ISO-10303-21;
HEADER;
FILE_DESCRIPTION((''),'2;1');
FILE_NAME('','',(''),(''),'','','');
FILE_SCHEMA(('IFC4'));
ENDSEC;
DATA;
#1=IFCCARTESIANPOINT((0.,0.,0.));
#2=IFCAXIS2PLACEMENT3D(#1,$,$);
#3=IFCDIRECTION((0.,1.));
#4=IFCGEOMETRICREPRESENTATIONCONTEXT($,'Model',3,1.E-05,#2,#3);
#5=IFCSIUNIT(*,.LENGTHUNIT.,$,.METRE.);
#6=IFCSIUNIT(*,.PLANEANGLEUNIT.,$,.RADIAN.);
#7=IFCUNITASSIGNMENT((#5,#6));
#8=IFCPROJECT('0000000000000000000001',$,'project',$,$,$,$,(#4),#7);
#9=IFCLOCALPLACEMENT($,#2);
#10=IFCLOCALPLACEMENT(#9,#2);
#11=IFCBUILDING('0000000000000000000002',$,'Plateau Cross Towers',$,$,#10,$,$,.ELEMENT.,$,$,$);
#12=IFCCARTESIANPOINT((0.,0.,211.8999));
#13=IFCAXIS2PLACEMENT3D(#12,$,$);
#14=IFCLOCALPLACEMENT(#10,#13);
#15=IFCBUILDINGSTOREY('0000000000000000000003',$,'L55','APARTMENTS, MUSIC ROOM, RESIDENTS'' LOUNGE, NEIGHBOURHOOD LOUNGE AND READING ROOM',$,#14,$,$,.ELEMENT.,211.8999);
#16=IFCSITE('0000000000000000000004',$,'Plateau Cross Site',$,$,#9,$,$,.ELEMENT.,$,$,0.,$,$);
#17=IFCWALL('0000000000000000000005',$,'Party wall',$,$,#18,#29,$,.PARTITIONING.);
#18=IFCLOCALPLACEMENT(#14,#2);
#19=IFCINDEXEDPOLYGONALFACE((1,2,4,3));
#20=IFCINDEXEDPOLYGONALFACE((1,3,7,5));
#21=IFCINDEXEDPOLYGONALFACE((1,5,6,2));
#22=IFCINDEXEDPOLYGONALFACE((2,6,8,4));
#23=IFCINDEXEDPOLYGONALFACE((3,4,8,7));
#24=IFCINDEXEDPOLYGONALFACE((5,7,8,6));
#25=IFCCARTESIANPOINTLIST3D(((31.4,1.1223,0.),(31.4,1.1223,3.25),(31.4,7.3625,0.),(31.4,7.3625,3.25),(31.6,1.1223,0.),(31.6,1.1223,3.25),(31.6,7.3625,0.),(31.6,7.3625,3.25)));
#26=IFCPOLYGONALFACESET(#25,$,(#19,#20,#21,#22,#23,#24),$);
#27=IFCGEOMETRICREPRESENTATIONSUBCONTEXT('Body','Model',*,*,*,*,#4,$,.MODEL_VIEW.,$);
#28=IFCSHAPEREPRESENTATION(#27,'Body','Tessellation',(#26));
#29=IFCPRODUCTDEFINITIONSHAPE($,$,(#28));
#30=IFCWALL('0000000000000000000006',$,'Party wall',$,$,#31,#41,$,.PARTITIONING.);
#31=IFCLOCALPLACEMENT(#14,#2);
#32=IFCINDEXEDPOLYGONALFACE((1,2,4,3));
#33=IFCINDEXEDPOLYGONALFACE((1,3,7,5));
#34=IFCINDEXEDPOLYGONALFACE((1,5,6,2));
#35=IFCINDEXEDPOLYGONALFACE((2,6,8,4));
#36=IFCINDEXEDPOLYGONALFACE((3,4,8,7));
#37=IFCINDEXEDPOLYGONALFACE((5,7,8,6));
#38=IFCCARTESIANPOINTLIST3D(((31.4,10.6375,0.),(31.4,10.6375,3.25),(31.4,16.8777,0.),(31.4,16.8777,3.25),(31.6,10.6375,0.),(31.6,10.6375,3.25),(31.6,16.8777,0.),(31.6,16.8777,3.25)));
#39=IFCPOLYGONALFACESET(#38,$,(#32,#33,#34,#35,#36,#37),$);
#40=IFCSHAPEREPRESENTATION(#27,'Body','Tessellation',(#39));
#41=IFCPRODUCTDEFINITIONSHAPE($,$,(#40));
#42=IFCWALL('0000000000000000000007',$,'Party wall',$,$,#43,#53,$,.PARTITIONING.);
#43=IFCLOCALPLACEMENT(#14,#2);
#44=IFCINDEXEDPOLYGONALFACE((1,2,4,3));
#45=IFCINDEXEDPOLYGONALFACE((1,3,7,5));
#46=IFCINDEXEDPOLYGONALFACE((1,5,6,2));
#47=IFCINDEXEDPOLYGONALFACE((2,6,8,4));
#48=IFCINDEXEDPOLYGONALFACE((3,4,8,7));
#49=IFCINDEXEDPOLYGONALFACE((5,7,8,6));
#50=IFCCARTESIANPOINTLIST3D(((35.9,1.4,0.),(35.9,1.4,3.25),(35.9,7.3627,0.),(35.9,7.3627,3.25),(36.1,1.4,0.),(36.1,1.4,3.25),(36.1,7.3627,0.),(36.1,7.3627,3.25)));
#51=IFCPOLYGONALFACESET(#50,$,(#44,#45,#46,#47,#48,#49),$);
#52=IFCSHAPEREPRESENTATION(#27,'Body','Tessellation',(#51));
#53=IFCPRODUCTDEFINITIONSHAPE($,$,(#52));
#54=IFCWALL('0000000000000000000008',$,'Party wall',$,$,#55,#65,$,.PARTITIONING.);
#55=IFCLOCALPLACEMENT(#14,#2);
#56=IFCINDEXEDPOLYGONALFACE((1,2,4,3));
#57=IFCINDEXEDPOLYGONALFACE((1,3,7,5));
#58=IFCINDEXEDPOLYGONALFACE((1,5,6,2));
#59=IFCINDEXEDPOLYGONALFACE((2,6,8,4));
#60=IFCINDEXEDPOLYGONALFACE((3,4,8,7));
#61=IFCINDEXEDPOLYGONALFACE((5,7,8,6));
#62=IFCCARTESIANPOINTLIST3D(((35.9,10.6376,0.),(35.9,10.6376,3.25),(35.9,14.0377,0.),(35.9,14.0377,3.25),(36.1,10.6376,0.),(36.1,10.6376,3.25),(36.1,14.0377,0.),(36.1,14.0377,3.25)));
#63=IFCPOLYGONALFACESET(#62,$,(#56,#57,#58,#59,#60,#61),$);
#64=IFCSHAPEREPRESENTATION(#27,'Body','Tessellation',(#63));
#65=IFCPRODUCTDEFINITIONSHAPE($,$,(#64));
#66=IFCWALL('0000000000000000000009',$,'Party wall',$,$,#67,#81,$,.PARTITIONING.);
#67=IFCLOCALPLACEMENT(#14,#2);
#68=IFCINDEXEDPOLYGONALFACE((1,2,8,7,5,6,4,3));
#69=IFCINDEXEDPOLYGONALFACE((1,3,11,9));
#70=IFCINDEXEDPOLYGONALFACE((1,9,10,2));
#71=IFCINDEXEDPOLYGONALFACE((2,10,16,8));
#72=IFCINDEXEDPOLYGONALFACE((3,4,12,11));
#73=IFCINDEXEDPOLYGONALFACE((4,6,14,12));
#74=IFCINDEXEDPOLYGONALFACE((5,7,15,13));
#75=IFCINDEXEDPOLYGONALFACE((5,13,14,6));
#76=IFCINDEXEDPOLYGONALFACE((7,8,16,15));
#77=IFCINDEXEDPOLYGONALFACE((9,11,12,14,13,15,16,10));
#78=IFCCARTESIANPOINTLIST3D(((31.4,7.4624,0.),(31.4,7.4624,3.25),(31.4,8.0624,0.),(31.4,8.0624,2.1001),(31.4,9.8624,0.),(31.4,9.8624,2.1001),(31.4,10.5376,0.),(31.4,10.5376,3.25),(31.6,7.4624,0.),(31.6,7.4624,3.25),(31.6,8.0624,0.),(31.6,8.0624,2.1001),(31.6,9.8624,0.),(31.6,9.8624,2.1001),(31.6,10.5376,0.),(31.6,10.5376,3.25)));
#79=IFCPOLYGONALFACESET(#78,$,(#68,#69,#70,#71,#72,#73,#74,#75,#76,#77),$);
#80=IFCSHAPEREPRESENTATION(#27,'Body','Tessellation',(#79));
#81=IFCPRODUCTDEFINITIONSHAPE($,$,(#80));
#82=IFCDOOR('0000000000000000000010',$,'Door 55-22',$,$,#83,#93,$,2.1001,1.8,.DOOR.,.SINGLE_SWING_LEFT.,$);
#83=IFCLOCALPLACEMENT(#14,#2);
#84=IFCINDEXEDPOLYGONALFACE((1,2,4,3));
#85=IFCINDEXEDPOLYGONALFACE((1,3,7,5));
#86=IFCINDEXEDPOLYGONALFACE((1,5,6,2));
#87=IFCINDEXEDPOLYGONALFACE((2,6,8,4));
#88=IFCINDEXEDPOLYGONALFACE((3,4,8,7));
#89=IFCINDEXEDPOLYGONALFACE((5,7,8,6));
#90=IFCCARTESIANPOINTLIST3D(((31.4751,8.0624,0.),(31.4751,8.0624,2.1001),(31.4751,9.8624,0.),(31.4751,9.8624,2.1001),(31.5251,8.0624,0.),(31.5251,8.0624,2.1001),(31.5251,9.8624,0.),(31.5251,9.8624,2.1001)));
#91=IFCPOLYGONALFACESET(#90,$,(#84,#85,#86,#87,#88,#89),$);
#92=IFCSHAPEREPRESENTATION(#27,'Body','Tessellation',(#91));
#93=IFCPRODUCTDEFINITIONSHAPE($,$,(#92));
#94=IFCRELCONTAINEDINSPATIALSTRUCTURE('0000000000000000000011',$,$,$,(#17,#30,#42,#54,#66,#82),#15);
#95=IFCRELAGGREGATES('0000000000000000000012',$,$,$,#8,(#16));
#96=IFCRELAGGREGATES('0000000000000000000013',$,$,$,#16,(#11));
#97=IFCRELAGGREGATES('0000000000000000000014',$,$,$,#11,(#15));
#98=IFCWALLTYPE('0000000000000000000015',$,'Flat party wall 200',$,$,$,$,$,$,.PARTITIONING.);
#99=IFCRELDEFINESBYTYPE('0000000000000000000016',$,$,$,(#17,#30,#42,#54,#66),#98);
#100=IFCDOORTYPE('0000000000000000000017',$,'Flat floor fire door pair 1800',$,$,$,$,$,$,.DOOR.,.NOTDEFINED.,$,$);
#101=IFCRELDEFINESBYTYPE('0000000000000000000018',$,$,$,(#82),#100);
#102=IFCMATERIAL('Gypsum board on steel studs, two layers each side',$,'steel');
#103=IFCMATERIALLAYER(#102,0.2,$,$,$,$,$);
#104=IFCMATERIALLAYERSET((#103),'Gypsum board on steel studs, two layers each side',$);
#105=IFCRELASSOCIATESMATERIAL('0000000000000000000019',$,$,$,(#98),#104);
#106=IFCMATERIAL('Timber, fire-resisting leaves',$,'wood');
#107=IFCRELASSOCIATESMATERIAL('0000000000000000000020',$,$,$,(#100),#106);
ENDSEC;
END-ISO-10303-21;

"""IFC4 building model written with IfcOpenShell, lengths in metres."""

from ifc_helpers import new_model, si_unit, direction, frame, frame_2d, origin, place, context, subcontext, project, spatial, rectangle, extrude, material, layer, layer_set, type_object, element, fill, save


model = new_model("IFC4")

# Units and contexts
model_context = context("Model", 3, precision=1e-05, world=origin(), true_north=direction((0.0, 1.0)))
body_context = subcontext(model_context, "Body", "Model", "MODEL_VIEW")
ifc_project = project(units=[si_unit("LENGTHUNIT", "METRE"), si_unit("PLANEANGLEUNIT", "RADIAN")], contexts=[model_context])

# Site, building, storey
site_placement = place(None, origin())
site = spatial("IfcSite", under=ifc_project, at=site_placement, Name="Plateau Cross Site", CompositionType="ELEMENT", RefElevation=0.0)
building_placement = place(site_placement, origin())
building = spatial("IfcBuilding", under=site, at=building_placement, Name="Plateau Cross Towers", CompositionType="ELEMENT")
storey_placement = place(building_placement, frame((0.0, 0.0, 211.8999)))
storey = spatial("IfcBuildingStorey", under=building, at=storey_placement, Name="L55", Description="APARTMENTS, MUSIC ROOM, RESIDENTS' LOUNGE, NEIGHBOURHOOD LOUNGE AND READING ROOM", CompositionType="ELEMENT", Elevation=211.8999)

# Walls
ifc_material_1 = material(Name="Gypsum board on steel studs, two layers each side", Category="steel")
ifc_layer_1 = layer(ifc_material_1, 0.2)
ifc_layer_set_1 = layer_set([ifc_layer_1], Name="Gypsum board on steel studs, two layers each side")
wall_type_1 = type_object("IfcWallType", Name="Flat party wall 200", PredefinedType="PARTITIONING", material=ifc_layer_set_1)
for number, where, z_axis, x_axis, name in (
    (1, (31.5, 1.1223, 0.0), (0.0, 0.0, 1.0), (0.0, 1.0, 0.0), "Party wall"),
    (2, (31.5, 10.6375, 0.0), (0.0, 0.0, 1.0), (0.0, 1.0, 0.0), "Party wall"),
):
    element("IfcWall", number, at=place(storey_placement, frame(where, z_axis=z_axis, x_axis=x_axis)), inside=storey, type_object=wall_type_1, Name=name, PredefinedType="PARTITIONING", context=body_context, shape_type="SweptSolid", body=[
        extrude(rectangle(XDim=6.2402, YDim=0.2, at=frame_2d((3.1201, 0.0))), origin(), (0.0, 0.0, 1.0), 3.25),
    ])
wall_1_placement = place(storey_placement, frame((36.0, 1.3999, 0.0), z_axis=(0.0, 0.0, 1.0), x_axis=(0.0, 1.0, 0.0)))
element("IfcWall", 3, at=wall_1_placement, inside=storey, type_object=wall_type_1, Name="Party wall", PredefinedType="PARTITIONING", context=body_context, shape_type="SweptSolid", body=[
    extrude(rectangle(XDim=5.9626, YDim=0.2, at=frame_2d((2.9814, 0.0))), origin(), (0.0, 0.0, 1.0), 3.25),
])
wall_2_placement = place(storey_placement, frame((36.0, 10.6375, 0.0), z_axis=(0.0, 0.0, 1.0), x_axis=(0.0, 1.0, 0.0)))
element("IfcWall", 4, at=wall_2_placement, inside=storey, type_object=wall_type_1, Name="Party wall", PredefinedType="PARTITIONING", context=body_context, shape_type="SweptSolid", body=[
    extrude(rectangle(XDim=3.4001, YDim=0.2, at=frame_2d((1.7002, 0.0))), origin(), (0.0, 0.0, 1.0), 3.25),
])

# Wall, opening, door
wall_3_placement = place(storey_placement, frame((31.5, 7.4624, 0.0), z_axis=(0.0, 0.0, 1.0), x_axis=(0.0, 1.0, 0.0)))
wall_3 = element("IfcWall", 5, at=wall_3_placement, inside=storey, type_object=wall_type_1, Name="Party wall", PredefinedType="PARTITIONING", context=body_context, shape_type="SweptSolid", body=[
    extrude(rectangle(XDim=3.0752, YDim=0.2, at=frame_2d((1.5376, 0.0))), origin(), (0.0, 0.0, 1.0), 3.25),
])
opening_1_placement = place(wall_3_placement, frame((0.6001, 0.0, 0.0)))
opening_1 = element("IfcOpeningElement", 6, at=opening_1_placement, cuts=wall_3, PredefinedType="OPENING", context=body_context, shape_type="SweptSolid", body=[
    extrude(rectangle(XDim=1.8, YDim=2.1001, at=frame_2d((0.8999, 1.05))), frame((0.0, 0.1099, 0.0), z_axis=(0.0, -1.0, 0.0), x_axis=(1.0, 0.0, 0.0)), (0.0, 0.0, 1.0), 0.22),
])
ifc_material_2 = material(Name="Timber, fire-resisting leaves", Category="wood")
door_type_1 = type_object("IfcDoorType", Name="Flat floor fire door pair 1800", OperationType="NOTDEFINED", PredefinedType="DOOR", material=ifc_material_2)
door_1_placement = place(opening_1_placement, origin())
door_1 = element("IfcDoor", 7, at=door_1_placement, inside=storey, type_object=door_type_1, Name="Door 55-22", OperationType="SINGLE_SWING_LEFT", OverallHeight=2.1001, OverallWidth=1.8, PredefinedType="DOOR", context=body_context, shape_type="SweptSolid", body=[
    extrude(rectangle(XDim=1.8, YDim=2.1001, at=frame_2d((0.8999, 1.05))), frame((0.0, 0.0249, 0.0), z_axis=(0.0, -1.0, 0.0), x_axis=(1.0, 0.0, 0.0)), (0.0, 0.0, 1.0), 0.05),
])
fill(opening_1, door_1)

save(model, "model.ifc")
